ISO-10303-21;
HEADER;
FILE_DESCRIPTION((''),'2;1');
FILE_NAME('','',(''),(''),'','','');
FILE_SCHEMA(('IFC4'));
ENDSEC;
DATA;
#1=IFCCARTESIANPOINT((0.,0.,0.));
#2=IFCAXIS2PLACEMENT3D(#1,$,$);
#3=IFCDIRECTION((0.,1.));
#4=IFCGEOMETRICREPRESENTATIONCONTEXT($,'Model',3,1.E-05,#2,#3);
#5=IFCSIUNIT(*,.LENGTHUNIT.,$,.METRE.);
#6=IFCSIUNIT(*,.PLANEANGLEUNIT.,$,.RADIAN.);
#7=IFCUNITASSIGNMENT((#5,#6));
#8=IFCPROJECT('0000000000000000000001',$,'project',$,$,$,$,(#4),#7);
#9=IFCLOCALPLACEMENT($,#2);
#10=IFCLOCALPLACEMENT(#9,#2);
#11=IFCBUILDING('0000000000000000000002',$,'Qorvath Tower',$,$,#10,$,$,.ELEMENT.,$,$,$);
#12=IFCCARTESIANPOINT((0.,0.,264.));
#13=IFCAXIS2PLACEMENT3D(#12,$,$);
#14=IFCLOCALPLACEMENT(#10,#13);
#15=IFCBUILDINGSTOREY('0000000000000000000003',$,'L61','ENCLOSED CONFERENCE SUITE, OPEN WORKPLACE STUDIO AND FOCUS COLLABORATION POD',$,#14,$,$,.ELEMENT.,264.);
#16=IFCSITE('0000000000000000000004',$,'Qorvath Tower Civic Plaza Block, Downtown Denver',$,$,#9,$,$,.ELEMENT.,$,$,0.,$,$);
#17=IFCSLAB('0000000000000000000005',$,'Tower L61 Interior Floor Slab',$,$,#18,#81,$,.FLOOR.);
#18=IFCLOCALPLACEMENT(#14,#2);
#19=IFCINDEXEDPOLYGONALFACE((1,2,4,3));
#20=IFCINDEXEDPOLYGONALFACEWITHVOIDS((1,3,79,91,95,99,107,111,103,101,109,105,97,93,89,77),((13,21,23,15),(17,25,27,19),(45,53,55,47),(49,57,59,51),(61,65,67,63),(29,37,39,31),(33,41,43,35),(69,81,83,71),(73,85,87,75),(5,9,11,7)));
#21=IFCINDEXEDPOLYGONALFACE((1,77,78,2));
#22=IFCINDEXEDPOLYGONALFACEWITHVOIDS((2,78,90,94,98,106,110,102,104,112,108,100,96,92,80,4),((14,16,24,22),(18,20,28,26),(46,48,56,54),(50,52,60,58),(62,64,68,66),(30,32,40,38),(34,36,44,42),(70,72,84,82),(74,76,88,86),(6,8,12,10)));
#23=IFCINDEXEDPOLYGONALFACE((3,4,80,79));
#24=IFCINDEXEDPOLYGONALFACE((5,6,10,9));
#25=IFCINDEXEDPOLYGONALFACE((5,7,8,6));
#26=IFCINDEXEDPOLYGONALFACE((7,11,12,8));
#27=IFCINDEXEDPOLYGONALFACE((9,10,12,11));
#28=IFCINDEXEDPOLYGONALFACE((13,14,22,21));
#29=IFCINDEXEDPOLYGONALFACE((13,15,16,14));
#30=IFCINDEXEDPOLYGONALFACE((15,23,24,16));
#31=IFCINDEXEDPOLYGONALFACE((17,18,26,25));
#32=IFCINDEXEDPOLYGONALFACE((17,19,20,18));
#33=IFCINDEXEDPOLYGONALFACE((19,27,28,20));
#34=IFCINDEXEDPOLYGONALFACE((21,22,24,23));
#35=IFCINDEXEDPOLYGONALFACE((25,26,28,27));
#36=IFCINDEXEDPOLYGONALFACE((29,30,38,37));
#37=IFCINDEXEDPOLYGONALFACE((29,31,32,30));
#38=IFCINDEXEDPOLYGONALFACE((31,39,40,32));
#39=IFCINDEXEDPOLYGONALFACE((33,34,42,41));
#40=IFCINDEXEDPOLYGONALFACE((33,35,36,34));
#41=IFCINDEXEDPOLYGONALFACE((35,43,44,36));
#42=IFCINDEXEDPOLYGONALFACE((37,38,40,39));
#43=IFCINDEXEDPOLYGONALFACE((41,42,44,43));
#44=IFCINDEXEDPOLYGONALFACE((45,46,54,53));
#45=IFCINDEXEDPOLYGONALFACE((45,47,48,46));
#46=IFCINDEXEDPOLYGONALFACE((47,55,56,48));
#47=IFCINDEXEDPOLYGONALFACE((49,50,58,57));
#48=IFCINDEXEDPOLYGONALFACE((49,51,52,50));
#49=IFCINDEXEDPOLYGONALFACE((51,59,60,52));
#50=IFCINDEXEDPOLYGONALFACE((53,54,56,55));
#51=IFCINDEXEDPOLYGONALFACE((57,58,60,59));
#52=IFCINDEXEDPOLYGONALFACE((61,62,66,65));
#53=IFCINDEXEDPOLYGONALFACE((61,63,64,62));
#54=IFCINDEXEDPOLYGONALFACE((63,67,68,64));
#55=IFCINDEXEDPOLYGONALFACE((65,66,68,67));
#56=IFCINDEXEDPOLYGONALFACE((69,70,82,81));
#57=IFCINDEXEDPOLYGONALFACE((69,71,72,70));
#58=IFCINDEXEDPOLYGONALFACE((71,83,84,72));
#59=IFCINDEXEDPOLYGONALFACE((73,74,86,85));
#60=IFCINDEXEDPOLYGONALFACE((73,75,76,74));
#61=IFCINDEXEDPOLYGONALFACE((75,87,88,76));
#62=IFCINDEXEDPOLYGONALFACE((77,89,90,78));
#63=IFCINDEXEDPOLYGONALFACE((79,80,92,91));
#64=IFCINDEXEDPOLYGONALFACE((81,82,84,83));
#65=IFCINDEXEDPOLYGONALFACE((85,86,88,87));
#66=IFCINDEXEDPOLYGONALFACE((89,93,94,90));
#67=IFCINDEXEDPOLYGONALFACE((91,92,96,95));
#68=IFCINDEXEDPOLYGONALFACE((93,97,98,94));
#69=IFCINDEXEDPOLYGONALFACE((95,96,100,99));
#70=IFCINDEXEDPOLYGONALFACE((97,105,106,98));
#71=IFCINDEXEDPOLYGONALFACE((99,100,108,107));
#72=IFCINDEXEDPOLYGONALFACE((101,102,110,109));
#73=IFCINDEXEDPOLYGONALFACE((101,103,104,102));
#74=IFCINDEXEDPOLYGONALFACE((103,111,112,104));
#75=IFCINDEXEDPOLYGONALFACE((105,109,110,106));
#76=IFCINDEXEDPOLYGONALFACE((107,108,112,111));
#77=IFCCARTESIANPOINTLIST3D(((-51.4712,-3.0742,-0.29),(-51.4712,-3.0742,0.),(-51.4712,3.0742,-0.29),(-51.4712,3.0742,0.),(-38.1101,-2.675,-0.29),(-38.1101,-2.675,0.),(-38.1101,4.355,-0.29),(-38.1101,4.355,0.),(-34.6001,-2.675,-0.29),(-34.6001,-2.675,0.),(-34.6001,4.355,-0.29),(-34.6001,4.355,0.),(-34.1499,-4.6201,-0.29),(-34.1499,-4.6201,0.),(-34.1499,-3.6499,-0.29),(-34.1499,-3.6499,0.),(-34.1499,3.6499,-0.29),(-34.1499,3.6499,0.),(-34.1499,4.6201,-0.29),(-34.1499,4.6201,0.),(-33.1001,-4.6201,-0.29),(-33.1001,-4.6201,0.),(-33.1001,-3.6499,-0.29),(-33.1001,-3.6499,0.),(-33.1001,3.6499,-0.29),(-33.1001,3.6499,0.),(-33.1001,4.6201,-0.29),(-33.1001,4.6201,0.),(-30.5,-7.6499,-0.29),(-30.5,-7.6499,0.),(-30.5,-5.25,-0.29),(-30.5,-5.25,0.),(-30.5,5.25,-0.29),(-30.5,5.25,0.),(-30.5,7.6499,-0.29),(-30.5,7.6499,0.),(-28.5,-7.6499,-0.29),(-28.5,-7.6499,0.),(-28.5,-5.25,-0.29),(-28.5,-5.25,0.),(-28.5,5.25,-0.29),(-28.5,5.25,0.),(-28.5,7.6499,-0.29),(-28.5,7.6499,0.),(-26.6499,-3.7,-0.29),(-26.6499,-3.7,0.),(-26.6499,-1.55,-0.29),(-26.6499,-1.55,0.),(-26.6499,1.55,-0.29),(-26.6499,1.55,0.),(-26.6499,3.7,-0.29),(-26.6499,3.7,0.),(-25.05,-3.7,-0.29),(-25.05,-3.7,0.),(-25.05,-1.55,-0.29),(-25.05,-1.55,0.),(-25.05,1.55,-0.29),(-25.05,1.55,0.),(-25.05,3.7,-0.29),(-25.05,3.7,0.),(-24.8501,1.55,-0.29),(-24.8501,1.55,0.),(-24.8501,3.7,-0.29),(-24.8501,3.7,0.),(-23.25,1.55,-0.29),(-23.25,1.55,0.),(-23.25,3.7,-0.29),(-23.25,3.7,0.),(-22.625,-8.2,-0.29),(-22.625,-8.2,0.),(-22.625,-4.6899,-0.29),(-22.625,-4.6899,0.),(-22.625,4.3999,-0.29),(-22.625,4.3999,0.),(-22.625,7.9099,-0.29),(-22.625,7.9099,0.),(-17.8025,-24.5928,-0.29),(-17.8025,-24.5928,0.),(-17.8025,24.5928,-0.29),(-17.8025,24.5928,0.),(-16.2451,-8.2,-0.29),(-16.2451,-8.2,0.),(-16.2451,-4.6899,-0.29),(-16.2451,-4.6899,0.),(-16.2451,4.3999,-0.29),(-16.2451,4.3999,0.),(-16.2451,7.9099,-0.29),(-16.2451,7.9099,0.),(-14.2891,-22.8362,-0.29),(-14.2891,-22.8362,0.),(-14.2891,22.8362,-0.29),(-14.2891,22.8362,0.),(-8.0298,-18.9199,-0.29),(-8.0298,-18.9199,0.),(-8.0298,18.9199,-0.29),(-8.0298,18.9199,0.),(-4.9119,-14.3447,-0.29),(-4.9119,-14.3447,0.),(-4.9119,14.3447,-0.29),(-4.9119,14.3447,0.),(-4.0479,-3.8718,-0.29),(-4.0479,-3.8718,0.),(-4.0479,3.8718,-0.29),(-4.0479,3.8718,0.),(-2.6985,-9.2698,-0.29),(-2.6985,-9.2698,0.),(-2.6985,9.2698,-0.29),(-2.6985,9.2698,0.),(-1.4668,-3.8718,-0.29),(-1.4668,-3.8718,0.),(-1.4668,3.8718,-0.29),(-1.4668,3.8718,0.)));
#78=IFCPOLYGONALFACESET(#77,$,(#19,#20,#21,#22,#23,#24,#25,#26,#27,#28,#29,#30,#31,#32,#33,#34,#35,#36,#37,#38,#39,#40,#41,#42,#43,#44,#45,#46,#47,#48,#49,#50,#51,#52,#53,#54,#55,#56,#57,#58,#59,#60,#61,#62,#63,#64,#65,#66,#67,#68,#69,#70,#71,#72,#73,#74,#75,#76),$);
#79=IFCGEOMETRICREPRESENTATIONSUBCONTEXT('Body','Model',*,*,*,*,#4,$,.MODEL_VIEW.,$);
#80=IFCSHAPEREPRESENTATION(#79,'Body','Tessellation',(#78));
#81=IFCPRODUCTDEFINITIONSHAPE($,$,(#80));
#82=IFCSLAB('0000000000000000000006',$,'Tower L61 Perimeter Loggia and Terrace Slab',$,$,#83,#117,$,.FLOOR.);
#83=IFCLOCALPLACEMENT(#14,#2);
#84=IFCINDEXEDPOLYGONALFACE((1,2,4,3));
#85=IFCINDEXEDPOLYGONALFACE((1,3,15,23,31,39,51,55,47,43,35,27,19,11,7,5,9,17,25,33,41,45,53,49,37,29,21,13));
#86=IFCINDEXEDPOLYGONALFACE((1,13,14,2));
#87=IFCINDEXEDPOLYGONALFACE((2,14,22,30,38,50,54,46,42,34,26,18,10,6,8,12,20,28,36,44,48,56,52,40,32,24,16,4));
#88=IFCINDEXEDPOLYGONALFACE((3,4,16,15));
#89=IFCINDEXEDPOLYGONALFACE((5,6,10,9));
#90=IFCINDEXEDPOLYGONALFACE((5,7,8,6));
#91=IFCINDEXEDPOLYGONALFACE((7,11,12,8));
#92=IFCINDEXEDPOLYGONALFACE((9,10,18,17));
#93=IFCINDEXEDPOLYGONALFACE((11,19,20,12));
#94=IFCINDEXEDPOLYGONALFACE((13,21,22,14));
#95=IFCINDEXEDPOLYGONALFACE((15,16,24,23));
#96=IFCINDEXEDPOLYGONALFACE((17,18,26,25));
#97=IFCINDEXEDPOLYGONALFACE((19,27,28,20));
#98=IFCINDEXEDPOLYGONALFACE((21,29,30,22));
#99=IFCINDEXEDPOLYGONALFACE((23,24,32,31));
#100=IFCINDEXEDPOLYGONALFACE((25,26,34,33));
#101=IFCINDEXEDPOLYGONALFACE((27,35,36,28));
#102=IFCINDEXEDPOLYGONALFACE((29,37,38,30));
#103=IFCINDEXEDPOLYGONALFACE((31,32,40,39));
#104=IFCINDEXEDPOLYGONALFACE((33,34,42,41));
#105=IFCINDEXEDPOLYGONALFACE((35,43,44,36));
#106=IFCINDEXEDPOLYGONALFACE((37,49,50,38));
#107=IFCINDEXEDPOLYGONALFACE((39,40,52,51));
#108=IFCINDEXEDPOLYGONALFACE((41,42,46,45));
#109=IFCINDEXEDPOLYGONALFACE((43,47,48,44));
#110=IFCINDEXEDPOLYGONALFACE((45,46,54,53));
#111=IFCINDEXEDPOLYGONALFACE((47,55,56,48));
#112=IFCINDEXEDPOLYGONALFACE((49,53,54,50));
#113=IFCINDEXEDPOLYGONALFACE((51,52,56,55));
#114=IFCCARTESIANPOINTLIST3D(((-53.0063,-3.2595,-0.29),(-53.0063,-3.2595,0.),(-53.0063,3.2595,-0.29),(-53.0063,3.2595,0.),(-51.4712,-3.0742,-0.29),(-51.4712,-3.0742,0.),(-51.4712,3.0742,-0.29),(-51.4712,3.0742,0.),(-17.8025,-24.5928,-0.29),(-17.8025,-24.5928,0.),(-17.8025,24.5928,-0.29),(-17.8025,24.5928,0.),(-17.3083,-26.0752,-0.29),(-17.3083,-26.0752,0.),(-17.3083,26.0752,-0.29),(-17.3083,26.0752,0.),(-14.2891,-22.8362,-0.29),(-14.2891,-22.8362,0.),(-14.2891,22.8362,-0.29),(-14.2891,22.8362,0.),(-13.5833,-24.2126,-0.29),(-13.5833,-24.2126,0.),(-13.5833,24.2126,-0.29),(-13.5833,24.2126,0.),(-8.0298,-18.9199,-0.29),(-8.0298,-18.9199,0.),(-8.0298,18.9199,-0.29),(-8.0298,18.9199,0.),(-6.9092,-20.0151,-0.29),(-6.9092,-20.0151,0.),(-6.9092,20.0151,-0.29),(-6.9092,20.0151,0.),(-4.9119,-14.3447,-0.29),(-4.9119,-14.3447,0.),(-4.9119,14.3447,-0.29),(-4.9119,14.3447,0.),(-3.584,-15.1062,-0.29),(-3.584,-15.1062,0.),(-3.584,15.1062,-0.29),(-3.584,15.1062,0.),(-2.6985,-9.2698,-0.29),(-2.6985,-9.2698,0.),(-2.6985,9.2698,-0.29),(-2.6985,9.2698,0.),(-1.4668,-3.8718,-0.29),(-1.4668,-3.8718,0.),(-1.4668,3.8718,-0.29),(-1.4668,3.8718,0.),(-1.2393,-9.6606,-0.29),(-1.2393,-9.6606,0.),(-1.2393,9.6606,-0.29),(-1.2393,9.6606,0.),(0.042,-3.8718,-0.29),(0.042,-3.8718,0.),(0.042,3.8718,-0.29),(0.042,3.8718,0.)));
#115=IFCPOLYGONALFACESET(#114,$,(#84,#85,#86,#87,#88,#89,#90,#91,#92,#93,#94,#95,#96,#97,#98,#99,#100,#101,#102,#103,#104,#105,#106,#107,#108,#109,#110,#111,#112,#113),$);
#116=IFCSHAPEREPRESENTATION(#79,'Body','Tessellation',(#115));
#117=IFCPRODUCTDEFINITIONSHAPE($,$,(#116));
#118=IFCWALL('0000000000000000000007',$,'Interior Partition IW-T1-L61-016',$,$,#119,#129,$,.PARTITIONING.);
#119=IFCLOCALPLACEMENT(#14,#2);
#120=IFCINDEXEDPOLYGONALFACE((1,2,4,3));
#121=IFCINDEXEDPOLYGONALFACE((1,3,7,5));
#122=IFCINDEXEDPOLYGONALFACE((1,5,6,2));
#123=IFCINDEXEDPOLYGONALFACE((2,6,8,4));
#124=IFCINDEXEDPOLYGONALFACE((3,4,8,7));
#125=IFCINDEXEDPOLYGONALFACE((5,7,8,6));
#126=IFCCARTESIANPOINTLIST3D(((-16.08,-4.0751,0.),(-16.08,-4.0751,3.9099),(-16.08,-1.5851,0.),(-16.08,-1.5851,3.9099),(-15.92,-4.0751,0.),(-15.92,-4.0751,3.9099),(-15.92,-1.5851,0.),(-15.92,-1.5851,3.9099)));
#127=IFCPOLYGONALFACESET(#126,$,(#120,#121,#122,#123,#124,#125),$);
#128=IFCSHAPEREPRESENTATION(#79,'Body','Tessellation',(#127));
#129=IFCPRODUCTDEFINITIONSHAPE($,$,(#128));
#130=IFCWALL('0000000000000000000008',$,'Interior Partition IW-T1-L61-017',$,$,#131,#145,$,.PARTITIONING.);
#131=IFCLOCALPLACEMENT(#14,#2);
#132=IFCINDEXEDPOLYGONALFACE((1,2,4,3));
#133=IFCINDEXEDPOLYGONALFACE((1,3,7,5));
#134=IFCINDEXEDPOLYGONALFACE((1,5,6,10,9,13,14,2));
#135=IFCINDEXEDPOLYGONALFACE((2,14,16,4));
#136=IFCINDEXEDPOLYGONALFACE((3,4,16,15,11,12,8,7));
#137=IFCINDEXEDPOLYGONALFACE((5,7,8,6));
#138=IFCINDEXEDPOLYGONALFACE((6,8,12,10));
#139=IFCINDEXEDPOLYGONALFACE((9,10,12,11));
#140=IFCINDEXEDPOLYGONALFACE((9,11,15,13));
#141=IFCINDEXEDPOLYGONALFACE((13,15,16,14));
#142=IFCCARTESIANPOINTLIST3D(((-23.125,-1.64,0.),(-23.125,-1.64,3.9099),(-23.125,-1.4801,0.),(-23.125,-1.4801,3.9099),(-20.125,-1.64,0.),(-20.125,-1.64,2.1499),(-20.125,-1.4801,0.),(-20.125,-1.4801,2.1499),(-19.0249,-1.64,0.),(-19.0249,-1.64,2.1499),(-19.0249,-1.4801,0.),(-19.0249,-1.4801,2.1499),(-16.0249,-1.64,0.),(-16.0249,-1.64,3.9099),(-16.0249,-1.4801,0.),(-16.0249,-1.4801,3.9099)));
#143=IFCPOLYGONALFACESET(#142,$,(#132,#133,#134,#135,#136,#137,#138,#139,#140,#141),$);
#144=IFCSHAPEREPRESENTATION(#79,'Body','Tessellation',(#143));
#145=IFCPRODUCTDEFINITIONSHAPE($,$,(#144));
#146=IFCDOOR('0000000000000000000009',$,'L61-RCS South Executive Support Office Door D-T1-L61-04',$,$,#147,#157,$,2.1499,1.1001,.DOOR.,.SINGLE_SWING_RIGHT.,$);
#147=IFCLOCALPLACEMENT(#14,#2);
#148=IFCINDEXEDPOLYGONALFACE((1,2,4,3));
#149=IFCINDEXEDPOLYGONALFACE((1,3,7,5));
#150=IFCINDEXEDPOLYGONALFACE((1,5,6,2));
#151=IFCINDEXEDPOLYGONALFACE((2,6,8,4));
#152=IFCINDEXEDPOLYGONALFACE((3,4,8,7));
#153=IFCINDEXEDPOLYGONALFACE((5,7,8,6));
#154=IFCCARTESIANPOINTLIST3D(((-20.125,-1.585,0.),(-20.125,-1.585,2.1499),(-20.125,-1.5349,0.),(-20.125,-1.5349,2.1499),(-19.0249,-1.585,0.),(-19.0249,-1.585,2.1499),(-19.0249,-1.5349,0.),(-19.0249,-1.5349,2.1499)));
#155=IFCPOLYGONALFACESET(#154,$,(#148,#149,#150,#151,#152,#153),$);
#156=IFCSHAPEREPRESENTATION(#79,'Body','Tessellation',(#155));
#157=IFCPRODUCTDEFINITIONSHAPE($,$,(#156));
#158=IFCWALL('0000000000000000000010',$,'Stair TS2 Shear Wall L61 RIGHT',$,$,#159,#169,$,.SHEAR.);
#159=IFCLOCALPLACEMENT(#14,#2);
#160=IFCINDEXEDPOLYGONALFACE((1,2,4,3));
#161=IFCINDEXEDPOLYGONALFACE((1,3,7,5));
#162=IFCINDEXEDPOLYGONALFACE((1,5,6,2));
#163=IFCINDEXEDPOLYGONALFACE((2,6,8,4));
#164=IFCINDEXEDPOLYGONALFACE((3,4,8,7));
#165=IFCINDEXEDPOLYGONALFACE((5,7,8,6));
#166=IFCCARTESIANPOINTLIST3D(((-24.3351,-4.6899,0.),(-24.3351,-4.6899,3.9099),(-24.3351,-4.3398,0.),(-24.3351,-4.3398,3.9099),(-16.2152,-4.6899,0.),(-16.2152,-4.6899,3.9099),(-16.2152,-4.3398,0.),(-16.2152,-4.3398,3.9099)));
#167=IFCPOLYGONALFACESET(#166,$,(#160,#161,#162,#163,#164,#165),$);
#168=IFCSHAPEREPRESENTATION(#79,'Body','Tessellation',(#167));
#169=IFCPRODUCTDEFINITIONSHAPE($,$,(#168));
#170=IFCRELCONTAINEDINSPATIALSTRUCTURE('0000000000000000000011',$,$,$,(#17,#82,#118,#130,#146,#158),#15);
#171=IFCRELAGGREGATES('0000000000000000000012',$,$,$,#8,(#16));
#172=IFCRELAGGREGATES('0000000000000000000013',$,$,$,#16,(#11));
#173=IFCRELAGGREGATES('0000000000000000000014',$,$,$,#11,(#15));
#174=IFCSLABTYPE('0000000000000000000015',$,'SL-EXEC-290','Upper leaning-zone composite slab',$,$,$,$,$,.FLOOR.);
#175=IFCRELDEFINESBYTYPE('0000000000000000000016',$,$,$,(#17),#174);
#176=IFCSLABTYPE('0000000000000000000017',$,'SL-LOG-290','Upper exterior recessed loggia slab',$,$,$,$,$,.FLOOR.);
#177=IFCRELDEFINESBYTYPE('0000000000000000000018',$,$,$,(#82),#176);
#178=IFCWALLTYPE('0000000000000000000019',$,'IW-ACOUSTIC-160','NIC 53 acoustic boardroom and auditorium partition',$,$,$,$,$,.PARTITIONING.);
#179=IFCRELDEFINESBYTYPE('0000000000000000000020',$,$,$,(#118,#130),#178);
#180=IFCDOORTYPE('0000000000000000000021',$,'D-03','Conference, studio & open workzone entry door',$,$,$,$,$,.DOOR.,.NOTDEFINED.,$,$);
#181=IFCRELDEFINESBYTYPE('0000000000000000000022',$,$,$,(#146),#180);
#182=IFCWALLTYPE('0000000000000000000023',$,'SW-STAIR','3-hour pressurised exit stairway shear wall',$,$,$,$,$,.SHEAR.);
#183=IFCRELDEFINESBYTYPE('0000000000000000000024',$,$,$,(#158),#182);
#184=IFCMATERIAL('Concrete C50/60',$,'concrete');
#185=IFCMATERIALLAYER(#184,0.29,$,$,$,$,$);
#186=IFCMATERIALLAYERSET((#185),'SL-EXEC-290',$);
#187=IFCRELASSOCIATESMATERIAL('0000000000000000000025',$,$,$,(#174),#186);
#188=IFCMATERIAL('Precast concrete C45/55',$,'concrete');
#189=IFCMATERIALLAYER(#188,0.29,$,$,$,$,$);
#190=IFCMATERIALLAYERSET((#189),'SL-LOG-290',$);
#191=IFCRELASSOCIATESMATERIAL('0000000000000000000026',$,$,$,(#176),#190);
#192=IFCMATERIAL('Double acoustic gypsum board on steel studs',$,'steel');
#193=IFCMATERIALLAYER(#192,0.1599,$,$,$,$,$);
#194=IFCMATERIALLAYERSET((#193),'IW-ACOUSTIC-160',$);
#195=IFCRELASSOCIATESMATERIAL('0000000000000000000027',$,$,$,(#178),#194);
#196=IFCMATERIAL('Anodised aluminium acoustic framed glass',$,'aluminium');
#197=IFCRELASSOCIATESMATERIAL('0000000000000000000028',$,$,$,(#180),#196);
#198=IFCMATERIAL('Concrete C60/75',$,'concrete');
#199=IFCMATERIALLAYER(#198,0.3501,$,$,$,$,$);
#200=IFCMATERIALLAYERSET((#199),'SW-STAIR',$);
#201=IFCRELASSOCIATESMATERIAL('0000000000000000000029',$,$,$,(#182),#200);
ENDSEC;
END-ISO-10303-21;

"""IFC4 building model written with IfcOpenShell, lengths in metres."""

from ifc_helpers import new_model, si_unit, direction, frame, frame_2d, origin, place, context, subcontext, project, spatial, polyline, rectangle, outline, extrude, material, layer, layer_set, type_object, element, fill, save


model = new_model("IFC4")

# Units and contexts
model_context = context("Model", 3, precision=1e-05, world=origin(), true_north=direction((0.0, 1.0)))
body_context = subcontext(model_context, "Body", "Model", "MODEL_VIEW")
ifc_project = project(units=[si_unit("LENGTHUNIT", "METRE"), si_unit("PLANEANGLEUNIT", "RADIAN")], contexts=[model_context])

# Site, building, storey
site_placement = place(None, origin())
site = spatial("IfcSite", under=ifc_project, at=site_placement, Name="Qorvath Tower Civic Plaza Block, Downtown Denver", CompositionType="ELEMENT", RefElevation=0.0)
building_placement = place(site_placement, origin())
building = spatial("IfcBuilding", under=site, at=building_placement, Name="Qorvath Tower", CompositionType="ELEMENT")
storey_placement = place(building_placement, frame((0.0, 0.0, 264.0)))
storey = spatial("IfcBuildingStorey", under=building, at=storey_placement, Name="L61", Description="ENCLOSED CONFERENCE SUITE, OPEN WORKPLACE STUDIO AND FOCUS COLLABORATION POD", CompositionType="ELEMENT", Elevation=264.0)

# Slabs
ifc_material_1 = material(Name="Concrete C50/60", Category="concrete")
ifc_layer_1 = layer(ifc_material_1, 0.29)
ifc_layer_set_1 = layer_set([ifc_layer_1], Name="SL-EXEC-290")
slab_type_1 = type_object("IfcSlabType", Name="SL-EXEC-290", Description="Upper leaning-zone composite slab", PredefinedType="FLOOR", material=ifc_layer_set_1)
slab_1_placement = place(storey_placement, frame((0.0, 0.0, -0.29)))
element("IfcSlab", 1, at=slab_1_placement, inside=storey, type_object=slab_type_1, Name="Tower L61 Interior Floor Slab", PredefinedType="FLOOR", context=body_context, shape_type="SweptSolid", body=[
    extrude(outline(polyline([(-51.4712, 3.0742), (-51.4712, -3.0742), (-17.8025, -24.5928), (-14.2891, -22.8362), (-8.0298, -18.9199), (-4.9119, -14.3447), (-2.6985, -9.2698), (-1.4668, -3.8718), (-4.0479, -3.8718), (-4.0479, 3.8718), (-1.4668, 3.8718), (-2.6985, 9.2698), (-4.9119, 14.3447), (-8.0298, 18.9199), (-14.2891, 22.8362), (-17.8025, 24.5928), (-51.4712, 3.0742)]), holes=[polyline([(-16.2451, -8.2), (-22.625, -8.2), (-22.625, -4.6899), (-16.2451, -4.6899), (-16.2451, -8.2)]), polyline([(-22.625, 4.3999), (-22.625, 7.9099), (-16.2451, 7.9099), (-16.2451, 4.3999), (-22.625, 4.3999)]), polyline([(-23.25, 1.55), (-24.8501, 1.55), (-24.8501, 3.7), (-23.25, 3.7), (-23.25, 1.55)]), polyline([(-26.6499, -3.7), (-26.6499, -1.55), (-25.05, -1.55), (-25.05, -3.7), (-26.6499, -3.7)]), polyline([(-25.05, 1.55), (-26.6499, 1.55), (-26.6499, 3.7), (-25.05, 3.7), (-25.05, 1.55)]), polyline([(-28.5, -7.6499), (-30.5, -7.6499), (-30.5, -5.25), (-28.5, -5.25), (-28.5, -7.6499)]), polyline([(-30.5, 5.25), (-30.5, 7.6499), (-28.5, 7.6499), (-28.5, 5.25), (-30.5, 5.25)]), polyline([(-33.1001, -4.6201), (-34.1499, -4.6201), (-34.1499, -3.6499), (-33.1001, -3.6499), (-33.1001, -4.6201)]), polyline([(-33.1001, 3.6499), (-34.1499, 3.6499), (-34.1499, 4.6201), (-33.1001, 4.6201), (-33.1001, 3.6499)]), polyline([(-34.6001, -2.675), (-38.1101, -2.675), (-38.1101, 4.355), (-34.6001, 4.355), (-34.6001, -2.675)])]), origin(), (0.0, 0.0, 1.0), 0.29),
])
ifc_material_2 = material(Name="Precast concrete C45/55", Category="concrete")
ifc_layer_2 = layer(ifc_material_2, 0.29)
ifc_layer_set_2 = layer_set([ifc_layer_2], Name="SL-LOG-290")
slab_type_2 = type_object("IfcSlabType", Name="SL-LOG-290", Description="Upper exterior recessed loggia slab", PredefinedType="FLOOR", material=ifc_layer_set_2)
slab_2_placement = place(storey_placement, frame((0.0, 0.0, -0.29)))
element("IfcSlab", 2, at=slab_2_placement, inside=storey, type_object=slab_type_2, Name="Tower L61 Perimeter Loggia and Terrace Slab", PredefinedType="FLOOR", context=body_context, shape_type="SweptSolid", body=[
    extrude(outline(polyline([(-1.4668, -3.8718), (-2.6985, -9.2698), (-4.9119, -14.3447), (-8.0298, -18.9199), (-14.2891, -22.8362), (-17.8025, -24.5928), (-51.4712, -3.0742), (-51.4712, 3.0742), (-17.8025, 24.5928), (-14.2891, 22.8362), (-8.0298, 18.9199), (-4.9119, 14.3447), (-2.6985, 9.2698), (-1.4668, 3.8718), (0.042, 3.8718), (-1.2393, 9.6606), (-3.584, 15.1062), (-6.9092, 20.0151), (-13.5833, 24.2126), (-17.3083, 26.0752), (-53.0063, 3.2595), (-53.0063, -3.2595), (-17.3083, -26.0752), (-13.5833, -24.2126), (-6.9092, -20.0151), (-3.584, -15.1062), (-1.2393, -9.6606), (0.042, -3.8718), (-1.4668, -3.8718)])), origin(), (0.0, 0.0, 1.0), 0.29),
])

# Wall
ifc_material_3 = material(Name="Double acoustic gypsum board on steel studs", Category="steel")
ifc_layer_3 = layer(ifc_material_3, 0.1599)
ifc_layer_set_3 = layer_set([ifc_layer_3], Name="IW-ACOUSTIC-160")
wall_type_1 = type_object("IfcWallType", Name="IW-ACOUSTIC-160", Description="NIC 53 acoustic boardroom and auditorium partition", PredefinedType="PARTITIONING", material=ifc_layer_set_3)
wall_1_placement = place(storey_placement, frame((-16.0, -4.0752, 0.0), z_axis=(0.0, 0.0, 1.0), x_axis=(0.0, 1.0, 0.0)))
element("IfcWall", 3, at=wall_1_placement, inside=storey, type_object=wall_type_1, Name="Interior Partition IW-T1-L61-016", PredefinedType="PARTITIONING", context=body_context, shape_type="SweptSolid", body=[
    extrude(rectangle(XDim=2.49, YDim=0.1599, at=frame_2d((1.2451, 0.0))), origin(), (0.0, 0.0, 1.0), 3.9099),
])

# Wall, opening, door
wall_2_placement = place(storey_placement, frame((-16.0249, -1.5601, 0.0), z_axis=(0.0, 0.0, 1.0), x_axis=(-1.0, 0.0, 0.0)))
wall_2 = element("IfcWall", 4, at=wall_2_placement, inside=storey, type_object=wall_type_1, Name="Interior Partition IW-T1-L61-017", PredefinedType="PARTITIONING", context=body_context, shape_type="SweptSolid", body=[
    extrude(rectangle(XDim=7.1001, YDim=0.1599, at=frame_2d((3.55, 0.0))), origin(), (0.0, 0.0, 1.0), 3.9099),
])
opening_placement = place(wall_2_placement, frame((3.0, 0.0, 0.0)))
opening = element("IfcOpeningElement", 5, at=opening_placement, cuts=wall_2, PredefinedType="OPENING", context=body_context, shape_type="SweptSolid", body=[
    extrude(rectangle(XDim=1.1001, YDim=2.1499, at=frame_2d((0.55, 1.075))), frame((0.0, 0.0898, 0.0), z_axis=(0.0, -1.0, 0.0), x_axis=(1.0, 0.0, 0.0)), (0.0, 0.0, 1.0), 0.1799),
])
ifc_material_4 = material(Name="Anodised aluminium acoustic framed glass", Category="aluminium")
door_type = type_object("IfcDoorType", Name="D-03", Description="Conference, studio & open workzone entry door", OperationType="NOTDEFINED", PredefinedType="DOOR", material=ifc_material_4)
door_placement = place(opening_placement, origin())
door = element("IfcDoor", 6, at=door_placement, inside=storey, type_object=door_type, Name="L61-RCS South Executive Support Office Door D-T1-L61-04", OperationType="SINGLE_SWING_RIGHT", OverallHeight=2.1499, OverallWidth=1.1001, PredefinedType="DOOR", context=body_context, shape_type="SweptSolid", body=[
    extrude(rectangle(XDim=1.1001, YDim=2.1499, at=frame_2d((0.55, 1.075))), frame((0.0, 0.0249, 0.0), z_axis=(0.0, -1.0, 0.0), x_axis=(1.0, 0.0, 0.0)), (0.0, 0.0, 1.0), 0.05),
])
fill(opening, door)

# Wall
ifc_material_5 = material(Name="Concrete C60/75", Category="concrete")
ifc_layer_4 = layer(ifc_material_5, 0.3501)
ifc_layer_set_4 = layer_set([ifc_layer_4], Name="SW-STAIR")
wall_type_2 = type_object("IfcWallType", Name="SW-STAIR", Description="3-hour pressurised exit stairway shear wall", PredefinedType="SHEAR", material=ifc_layer_set_4)
wall_3_placement = place(storey_placement, frame((-16.2151, -4.5149, 0.0), z_axis=(0.0, 0.0, 1.0), x_axis=(-1.0, 0.0, 0.0)))
element("IfcWall", 7, at=wall_3_placement, inside=storey, type_object=wall_type_2, Name="Stair TS2 Shear Wall L61 RIGHT", PredefinedType="SHEAR", context=body_context, shape_type="SweptSolid", body=[
    extrude(rectangle(XDim=8.1199, YDim=0.3501, at=frame_2d((4.0601, 0.0))), origin(), (0.0, 0.0, 1.0), 3.9099),
])

save(model, "model.ifc")
